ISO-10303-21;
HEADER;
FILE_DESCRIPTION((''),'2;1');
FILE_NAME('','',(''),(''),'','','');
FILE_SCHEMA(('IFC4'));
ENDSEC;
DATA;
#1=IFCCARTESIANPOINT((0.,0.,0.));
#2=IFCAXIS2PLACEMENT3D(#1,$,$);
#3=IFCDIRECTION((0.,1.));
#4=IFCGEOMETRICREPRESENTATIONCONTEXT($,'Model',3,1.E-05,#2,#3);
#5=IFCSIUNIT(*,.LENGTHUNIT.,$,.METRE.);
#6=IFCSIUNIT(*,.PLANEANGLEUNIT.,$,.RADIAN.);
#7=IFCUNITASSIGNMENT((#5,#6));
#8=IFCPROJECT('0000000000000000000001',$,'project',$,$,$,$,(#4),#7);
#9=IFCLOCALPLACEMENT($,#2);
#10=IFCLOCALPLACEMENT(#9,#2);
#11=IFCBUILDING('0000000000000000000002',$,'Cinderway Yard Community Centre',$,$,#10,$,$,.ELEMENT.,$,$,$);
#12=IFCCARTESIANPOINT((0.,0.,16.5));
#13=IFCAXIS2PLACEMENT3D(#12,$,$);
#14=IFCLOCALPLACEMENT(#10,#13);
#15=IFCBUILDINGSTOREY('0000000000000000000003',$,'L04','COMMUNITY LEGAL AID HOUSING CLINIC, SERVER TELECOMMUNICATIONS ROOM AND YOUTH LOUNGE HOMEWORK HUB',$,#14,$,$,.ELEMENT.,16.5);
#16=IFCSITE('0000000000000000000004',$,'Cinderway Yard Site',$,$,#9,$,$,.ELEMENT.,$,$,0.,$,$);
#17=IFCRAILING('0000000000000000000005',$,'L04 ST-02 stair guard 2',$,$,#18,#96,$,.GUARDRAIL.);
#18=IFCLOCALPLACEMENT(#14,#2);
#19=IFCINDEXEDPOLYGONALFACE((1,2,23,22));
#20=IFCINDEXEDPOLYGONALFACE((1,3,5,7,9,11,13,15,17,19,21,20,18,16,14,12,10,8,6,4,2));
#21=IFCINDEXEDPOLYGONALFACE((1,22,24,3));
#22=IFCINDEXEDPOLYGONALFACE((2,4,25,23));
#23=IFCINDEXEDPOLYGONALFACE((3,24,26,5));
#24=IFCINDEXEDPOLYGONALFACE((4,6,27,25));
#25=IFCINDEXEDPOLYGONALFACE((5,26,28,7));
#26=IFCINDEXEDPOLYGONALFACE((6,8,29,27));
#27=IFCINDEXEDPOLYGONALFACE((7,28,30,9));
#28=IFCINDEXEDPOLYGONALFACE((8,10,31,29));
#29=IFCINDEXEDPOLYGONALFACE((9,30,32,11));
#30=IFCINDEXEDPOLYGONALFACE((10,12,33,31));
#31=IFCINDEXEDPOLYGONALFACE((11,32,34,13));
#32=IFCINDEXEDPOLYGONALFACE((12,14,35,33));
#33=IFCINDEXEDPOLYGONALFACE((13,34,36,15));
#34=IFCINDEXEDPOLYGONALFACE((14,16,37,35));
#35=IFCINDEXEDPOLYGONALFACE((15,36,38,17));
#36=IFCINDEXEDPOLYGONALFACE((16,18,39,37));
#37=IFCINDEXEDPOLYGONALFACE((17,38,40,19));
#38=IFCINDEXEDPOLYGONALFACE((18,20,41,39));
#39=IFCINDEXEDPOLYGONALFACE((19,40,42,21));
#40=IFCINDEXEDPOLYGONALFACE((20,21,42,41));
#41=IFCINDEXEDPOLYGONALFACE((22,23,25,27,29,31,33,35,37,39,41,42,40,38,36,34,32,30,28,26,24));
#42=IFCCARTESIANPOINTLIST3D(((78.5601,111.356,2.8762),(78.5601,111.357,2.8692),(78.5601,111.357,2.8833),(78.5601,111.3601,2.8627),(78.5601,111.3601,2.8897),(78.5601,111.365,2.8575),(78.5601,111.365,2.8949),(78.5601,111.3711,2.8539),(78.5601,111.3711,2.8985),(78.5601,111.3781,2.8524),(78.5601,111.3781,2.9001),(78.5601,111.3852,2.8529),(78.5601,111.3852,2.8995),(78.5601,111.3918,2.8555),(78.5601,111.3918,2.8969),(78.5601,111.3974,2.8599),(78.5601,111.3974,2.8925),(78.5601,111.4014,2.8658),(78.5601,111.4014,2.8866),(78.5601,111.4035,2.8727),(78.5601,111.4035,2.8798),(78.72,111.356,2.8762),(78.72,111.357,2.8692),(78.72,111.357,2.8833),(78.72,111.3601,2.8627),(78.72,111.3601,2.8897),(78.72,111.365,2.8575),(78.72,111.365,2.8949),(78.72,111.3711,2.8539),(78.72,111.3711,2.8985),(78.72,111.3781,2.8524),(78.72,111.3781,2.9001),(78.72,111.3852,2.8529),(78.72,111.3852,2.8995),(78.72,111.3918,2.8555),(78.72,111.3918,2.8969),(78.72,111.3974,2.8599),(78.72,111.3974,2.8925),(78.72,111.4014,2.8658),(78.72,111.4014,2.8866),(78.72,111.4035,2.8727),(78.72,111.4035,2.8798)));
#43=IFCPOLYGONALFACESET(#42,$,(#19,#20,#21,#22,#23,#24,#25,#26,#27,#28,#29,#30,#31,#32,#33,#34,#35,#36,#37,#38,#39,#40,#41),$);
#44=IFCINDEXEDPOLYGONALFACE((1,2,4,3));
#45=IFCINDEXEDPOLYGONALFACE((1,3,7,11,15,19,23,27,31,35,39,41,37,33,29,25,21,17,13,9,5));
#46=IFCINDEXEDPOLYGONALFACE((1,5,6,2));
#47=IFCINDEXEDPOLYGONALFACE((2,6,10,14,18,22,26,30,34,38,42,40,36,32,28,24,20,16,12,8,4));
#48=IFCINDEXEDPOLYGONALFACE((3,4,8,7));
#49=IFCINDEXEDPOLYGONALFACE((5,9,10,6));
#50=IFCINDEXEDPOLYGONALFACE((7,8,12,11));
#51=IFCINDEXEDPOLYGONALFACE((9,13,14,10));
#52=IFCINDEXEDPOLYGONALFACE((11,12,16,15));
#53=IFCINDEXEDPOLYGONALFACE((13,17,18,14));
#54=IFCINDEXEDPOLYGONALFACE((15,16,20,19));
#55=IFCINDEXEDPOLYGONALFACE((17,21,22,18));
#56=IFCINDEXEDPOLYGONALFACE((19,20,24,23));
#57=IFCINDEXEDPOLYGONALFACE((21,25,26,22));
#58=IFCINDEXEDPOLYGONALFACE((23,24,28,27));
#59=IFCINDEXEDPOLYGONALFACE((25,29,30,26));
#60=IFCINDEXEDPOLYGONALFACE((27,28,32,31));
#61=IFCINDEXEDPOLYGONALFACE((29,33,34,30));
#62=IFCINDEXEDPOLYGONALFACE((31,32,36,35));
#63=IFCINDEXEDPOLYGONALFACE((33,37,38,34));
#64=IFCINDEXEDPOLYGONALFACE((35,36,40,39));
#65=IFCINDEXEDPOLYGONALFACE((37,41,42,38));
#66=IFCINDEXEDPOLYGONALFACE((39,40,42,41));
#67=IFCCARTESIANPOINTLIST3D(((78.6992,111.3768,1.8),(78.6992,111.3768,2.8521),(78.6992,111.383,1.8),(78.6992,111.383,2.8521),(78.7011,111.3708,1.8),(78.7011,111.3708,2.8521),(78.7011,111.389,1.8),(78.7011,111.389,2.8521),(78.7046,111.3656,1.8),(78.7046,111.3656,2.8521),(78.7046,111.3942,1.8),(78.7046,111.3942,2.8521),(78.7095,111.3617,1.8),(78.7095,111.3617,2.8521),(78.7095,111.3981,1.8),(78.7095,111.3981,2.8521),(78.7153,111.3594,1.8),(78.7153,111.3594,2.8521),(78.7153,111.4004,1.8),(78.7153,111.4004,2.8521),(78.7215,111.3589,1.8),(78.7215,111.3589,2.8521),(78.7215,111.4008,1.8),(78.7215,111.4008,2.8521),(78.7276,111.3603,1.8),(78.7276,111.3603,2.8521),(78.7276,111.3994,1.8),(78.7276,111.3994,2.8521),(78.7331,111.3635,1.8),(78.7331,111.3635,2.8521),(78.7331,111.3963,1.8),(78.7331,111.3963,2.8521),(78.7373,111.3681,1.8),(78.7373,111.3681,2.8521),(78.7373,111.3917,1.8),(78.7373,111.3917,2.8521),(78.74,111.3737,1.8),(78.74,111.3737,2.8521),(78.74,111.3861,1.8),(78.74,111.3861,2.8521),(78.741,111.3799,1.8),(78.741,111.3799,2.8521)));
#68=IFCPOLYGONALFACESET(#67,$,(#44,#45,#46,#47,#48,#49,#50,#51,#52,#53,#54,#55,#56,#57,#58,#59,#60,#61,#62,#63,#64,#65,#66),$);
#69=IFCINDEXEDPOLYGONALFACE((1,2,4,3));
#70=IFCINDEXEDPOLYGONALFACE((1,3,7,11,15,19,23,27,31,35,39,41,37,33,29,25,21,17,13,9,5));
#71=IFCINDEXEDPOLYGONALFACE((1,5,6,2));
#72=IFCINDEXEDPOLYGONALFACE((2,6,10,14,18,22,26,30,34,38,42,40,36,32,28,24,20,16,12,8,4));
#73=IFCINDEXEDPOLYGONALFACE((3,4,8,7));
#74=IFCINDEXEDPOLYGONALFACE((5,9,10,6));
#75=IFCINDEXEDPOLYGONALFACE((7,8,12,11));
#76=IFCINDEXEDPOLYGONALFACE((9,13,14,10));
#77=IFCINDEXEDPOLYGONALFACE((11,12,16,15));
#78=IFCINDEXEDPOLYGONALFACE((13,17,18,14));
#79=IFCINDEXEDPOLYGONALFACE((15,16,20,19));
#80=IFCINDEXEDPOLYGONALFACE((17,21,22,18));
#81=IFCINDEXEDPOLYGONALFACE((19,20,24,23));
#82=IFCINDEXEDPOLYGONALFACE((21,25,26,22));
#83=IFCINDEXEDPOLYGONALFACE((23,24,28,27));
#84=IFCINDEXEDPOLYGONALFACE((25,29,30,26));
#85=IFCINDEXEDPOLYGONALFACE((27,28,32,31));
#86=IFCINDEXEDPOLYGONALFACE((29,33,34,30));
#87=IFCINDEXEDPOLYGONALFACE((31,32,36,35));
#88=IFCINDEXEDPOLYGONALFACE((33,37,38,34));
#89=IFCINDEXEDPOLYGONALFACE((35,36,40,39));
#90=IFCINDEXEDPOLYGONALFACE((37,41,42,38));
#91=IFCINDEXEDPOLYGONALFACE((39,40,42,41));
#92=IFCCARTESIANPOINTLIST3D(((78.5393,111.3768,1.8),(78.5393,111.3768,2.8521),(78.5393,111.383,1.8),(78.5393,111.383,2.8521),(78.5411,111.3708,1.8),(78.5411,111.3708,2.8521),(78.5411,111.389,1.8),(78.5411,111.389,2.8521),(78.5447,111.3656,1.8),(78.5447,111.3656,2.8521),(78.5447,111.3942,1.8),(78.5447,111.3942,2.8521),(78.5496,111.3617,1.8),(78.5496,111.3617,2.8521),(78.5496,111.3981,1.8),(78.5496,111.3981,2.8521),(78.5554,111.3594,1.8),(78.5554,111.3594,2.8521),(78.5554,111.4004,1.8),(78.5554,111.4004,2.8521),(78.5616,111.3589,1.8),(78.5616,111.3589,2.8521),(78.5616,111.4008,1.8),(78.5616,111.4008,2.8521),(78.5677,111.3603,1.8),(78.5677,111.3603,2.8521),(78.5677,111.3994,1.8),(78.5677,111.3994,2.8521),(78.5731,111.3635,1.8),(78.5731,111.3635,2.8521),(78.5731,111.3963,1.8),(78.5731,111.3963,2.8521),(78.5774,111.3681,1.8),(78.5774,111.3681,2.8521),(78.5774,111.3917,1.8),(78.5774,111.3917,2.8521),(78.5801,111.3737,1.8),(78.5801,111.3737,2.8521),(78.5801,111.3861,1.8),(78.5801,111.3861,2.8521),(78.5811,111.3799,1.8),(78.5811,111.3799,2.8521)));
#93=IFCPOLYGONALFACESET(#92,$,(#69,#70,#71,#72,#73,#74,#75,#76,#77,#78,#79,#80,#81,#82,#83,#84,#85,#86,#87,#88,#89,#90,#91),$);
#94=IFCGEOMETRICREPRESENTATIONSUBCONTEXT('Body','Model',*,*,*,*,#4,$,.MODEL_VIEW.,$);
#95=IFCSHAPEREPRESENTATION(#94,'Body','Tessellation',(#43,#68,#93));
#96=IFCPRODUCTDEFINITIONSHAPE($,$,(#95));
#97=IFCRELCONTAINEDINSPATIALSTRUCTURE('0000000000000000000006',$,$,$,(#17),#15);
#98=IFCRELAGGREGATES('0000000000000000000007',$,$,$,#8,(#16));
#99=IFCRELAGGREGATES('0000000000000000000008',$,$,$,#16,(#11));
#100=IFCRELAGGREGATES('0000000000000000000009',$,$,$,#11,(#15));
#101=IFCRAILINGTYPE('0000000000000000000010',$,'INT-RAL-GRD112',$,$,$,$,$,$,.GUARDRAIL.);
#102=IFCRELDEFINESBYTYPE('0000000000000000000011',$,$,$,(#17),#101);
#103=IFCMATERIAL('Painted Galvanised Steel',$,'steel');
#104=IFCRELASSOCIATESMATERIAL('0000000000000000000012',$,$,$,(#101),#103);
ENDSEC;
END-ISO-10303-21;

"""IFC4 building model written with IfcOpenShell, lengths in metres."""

from ifc_helpers import new_model, si_unit, direction, frame, origin, origin_2d, place, context, subcontext, project, spatial, circle, extrude, material, type_object, element, save


model = new_model("IFC4")

# Units and contexts
model_context = context("Model", 3, precision=1e-05, world=origin(), true_north=direction((0.0, 1.0)))
body_context = subcontext(model_context, "Body", "Model", "MODEL_VIEW")
ifc_project = project(units=[si_unit("LENGTHUNIT", "METRE"), si_unit("PLANEANGLEUNIT", "RADIAN")], contexts=[model_context])

# Site, building, storey
site_placement = place(None, origin())
site = spatial("IfcSite", under=ifc_project, at=site_placement, Name="Cinderway Yard Site", CompositionType="ELEMENT", RefElevation=0.0)
building_placement = place(site_placement, origin())
building = spatial("IfcBuilding", under=site, at=building_placement, Name="Cinderway Yard Community Centre", CompositionType="ELEMENT")
storey_placement = place(building_placement, frame((0.0, 0.0, 16.5)))
storey = spatial("IfcBuildingStorey", under=building, at=storey_placement, Name="L04", Description="COMMUNITY LEGAL AID HOUSING CLINIC, SERVER TELECOMMUNICATIONS ROOM AND YOUTH LOUNGE HOMEWORK HUB", CompositionType="ELEMENT", Elevation=16.5)

# Shared definitions
ifc_material_1 = material(Name="Painted Galvanised Steel", Category="steel")

# Railing
railing_type_1 = type_object("IfcRailingType", Name="INT-RAL-GRD112", PredefinedType="GUARDRAIL", material=ifc_material_1)
railing_1_placement = place(storey_placement, frame((78.72, 111.3799, 1.8)))
element("IfcRailing", 1, at=railing_1_placement, inside=storey, type_object=railing_type_1, Name="L04 ST-02 stair guard 2", PredefinedType="GUARDRAIL", context=body_context, shape_type="SweptSolid", body=[
    extrude(circle(Radius=0.0239, at=origin_2d()), frame((0.0, 0.0, 1.0762), z_axis=(-1.0, 0.0, 0.0), x_axis=(0.0, -1.0, 0.0)), (0.0, 0.0, 1.0), 0.1599),
    extrude(circle(Radius=0.021, at=origin_2d()), origin(), (0.0, 0.0, 1.0), 1.052),
    extrude(circle(Radius=0.021, at=origin_2d()), frame((-0.1599, 0.0, 0.0)), (0.0, 0.0, 1.0), 1.052),
])

save(model, "model.ifc")
